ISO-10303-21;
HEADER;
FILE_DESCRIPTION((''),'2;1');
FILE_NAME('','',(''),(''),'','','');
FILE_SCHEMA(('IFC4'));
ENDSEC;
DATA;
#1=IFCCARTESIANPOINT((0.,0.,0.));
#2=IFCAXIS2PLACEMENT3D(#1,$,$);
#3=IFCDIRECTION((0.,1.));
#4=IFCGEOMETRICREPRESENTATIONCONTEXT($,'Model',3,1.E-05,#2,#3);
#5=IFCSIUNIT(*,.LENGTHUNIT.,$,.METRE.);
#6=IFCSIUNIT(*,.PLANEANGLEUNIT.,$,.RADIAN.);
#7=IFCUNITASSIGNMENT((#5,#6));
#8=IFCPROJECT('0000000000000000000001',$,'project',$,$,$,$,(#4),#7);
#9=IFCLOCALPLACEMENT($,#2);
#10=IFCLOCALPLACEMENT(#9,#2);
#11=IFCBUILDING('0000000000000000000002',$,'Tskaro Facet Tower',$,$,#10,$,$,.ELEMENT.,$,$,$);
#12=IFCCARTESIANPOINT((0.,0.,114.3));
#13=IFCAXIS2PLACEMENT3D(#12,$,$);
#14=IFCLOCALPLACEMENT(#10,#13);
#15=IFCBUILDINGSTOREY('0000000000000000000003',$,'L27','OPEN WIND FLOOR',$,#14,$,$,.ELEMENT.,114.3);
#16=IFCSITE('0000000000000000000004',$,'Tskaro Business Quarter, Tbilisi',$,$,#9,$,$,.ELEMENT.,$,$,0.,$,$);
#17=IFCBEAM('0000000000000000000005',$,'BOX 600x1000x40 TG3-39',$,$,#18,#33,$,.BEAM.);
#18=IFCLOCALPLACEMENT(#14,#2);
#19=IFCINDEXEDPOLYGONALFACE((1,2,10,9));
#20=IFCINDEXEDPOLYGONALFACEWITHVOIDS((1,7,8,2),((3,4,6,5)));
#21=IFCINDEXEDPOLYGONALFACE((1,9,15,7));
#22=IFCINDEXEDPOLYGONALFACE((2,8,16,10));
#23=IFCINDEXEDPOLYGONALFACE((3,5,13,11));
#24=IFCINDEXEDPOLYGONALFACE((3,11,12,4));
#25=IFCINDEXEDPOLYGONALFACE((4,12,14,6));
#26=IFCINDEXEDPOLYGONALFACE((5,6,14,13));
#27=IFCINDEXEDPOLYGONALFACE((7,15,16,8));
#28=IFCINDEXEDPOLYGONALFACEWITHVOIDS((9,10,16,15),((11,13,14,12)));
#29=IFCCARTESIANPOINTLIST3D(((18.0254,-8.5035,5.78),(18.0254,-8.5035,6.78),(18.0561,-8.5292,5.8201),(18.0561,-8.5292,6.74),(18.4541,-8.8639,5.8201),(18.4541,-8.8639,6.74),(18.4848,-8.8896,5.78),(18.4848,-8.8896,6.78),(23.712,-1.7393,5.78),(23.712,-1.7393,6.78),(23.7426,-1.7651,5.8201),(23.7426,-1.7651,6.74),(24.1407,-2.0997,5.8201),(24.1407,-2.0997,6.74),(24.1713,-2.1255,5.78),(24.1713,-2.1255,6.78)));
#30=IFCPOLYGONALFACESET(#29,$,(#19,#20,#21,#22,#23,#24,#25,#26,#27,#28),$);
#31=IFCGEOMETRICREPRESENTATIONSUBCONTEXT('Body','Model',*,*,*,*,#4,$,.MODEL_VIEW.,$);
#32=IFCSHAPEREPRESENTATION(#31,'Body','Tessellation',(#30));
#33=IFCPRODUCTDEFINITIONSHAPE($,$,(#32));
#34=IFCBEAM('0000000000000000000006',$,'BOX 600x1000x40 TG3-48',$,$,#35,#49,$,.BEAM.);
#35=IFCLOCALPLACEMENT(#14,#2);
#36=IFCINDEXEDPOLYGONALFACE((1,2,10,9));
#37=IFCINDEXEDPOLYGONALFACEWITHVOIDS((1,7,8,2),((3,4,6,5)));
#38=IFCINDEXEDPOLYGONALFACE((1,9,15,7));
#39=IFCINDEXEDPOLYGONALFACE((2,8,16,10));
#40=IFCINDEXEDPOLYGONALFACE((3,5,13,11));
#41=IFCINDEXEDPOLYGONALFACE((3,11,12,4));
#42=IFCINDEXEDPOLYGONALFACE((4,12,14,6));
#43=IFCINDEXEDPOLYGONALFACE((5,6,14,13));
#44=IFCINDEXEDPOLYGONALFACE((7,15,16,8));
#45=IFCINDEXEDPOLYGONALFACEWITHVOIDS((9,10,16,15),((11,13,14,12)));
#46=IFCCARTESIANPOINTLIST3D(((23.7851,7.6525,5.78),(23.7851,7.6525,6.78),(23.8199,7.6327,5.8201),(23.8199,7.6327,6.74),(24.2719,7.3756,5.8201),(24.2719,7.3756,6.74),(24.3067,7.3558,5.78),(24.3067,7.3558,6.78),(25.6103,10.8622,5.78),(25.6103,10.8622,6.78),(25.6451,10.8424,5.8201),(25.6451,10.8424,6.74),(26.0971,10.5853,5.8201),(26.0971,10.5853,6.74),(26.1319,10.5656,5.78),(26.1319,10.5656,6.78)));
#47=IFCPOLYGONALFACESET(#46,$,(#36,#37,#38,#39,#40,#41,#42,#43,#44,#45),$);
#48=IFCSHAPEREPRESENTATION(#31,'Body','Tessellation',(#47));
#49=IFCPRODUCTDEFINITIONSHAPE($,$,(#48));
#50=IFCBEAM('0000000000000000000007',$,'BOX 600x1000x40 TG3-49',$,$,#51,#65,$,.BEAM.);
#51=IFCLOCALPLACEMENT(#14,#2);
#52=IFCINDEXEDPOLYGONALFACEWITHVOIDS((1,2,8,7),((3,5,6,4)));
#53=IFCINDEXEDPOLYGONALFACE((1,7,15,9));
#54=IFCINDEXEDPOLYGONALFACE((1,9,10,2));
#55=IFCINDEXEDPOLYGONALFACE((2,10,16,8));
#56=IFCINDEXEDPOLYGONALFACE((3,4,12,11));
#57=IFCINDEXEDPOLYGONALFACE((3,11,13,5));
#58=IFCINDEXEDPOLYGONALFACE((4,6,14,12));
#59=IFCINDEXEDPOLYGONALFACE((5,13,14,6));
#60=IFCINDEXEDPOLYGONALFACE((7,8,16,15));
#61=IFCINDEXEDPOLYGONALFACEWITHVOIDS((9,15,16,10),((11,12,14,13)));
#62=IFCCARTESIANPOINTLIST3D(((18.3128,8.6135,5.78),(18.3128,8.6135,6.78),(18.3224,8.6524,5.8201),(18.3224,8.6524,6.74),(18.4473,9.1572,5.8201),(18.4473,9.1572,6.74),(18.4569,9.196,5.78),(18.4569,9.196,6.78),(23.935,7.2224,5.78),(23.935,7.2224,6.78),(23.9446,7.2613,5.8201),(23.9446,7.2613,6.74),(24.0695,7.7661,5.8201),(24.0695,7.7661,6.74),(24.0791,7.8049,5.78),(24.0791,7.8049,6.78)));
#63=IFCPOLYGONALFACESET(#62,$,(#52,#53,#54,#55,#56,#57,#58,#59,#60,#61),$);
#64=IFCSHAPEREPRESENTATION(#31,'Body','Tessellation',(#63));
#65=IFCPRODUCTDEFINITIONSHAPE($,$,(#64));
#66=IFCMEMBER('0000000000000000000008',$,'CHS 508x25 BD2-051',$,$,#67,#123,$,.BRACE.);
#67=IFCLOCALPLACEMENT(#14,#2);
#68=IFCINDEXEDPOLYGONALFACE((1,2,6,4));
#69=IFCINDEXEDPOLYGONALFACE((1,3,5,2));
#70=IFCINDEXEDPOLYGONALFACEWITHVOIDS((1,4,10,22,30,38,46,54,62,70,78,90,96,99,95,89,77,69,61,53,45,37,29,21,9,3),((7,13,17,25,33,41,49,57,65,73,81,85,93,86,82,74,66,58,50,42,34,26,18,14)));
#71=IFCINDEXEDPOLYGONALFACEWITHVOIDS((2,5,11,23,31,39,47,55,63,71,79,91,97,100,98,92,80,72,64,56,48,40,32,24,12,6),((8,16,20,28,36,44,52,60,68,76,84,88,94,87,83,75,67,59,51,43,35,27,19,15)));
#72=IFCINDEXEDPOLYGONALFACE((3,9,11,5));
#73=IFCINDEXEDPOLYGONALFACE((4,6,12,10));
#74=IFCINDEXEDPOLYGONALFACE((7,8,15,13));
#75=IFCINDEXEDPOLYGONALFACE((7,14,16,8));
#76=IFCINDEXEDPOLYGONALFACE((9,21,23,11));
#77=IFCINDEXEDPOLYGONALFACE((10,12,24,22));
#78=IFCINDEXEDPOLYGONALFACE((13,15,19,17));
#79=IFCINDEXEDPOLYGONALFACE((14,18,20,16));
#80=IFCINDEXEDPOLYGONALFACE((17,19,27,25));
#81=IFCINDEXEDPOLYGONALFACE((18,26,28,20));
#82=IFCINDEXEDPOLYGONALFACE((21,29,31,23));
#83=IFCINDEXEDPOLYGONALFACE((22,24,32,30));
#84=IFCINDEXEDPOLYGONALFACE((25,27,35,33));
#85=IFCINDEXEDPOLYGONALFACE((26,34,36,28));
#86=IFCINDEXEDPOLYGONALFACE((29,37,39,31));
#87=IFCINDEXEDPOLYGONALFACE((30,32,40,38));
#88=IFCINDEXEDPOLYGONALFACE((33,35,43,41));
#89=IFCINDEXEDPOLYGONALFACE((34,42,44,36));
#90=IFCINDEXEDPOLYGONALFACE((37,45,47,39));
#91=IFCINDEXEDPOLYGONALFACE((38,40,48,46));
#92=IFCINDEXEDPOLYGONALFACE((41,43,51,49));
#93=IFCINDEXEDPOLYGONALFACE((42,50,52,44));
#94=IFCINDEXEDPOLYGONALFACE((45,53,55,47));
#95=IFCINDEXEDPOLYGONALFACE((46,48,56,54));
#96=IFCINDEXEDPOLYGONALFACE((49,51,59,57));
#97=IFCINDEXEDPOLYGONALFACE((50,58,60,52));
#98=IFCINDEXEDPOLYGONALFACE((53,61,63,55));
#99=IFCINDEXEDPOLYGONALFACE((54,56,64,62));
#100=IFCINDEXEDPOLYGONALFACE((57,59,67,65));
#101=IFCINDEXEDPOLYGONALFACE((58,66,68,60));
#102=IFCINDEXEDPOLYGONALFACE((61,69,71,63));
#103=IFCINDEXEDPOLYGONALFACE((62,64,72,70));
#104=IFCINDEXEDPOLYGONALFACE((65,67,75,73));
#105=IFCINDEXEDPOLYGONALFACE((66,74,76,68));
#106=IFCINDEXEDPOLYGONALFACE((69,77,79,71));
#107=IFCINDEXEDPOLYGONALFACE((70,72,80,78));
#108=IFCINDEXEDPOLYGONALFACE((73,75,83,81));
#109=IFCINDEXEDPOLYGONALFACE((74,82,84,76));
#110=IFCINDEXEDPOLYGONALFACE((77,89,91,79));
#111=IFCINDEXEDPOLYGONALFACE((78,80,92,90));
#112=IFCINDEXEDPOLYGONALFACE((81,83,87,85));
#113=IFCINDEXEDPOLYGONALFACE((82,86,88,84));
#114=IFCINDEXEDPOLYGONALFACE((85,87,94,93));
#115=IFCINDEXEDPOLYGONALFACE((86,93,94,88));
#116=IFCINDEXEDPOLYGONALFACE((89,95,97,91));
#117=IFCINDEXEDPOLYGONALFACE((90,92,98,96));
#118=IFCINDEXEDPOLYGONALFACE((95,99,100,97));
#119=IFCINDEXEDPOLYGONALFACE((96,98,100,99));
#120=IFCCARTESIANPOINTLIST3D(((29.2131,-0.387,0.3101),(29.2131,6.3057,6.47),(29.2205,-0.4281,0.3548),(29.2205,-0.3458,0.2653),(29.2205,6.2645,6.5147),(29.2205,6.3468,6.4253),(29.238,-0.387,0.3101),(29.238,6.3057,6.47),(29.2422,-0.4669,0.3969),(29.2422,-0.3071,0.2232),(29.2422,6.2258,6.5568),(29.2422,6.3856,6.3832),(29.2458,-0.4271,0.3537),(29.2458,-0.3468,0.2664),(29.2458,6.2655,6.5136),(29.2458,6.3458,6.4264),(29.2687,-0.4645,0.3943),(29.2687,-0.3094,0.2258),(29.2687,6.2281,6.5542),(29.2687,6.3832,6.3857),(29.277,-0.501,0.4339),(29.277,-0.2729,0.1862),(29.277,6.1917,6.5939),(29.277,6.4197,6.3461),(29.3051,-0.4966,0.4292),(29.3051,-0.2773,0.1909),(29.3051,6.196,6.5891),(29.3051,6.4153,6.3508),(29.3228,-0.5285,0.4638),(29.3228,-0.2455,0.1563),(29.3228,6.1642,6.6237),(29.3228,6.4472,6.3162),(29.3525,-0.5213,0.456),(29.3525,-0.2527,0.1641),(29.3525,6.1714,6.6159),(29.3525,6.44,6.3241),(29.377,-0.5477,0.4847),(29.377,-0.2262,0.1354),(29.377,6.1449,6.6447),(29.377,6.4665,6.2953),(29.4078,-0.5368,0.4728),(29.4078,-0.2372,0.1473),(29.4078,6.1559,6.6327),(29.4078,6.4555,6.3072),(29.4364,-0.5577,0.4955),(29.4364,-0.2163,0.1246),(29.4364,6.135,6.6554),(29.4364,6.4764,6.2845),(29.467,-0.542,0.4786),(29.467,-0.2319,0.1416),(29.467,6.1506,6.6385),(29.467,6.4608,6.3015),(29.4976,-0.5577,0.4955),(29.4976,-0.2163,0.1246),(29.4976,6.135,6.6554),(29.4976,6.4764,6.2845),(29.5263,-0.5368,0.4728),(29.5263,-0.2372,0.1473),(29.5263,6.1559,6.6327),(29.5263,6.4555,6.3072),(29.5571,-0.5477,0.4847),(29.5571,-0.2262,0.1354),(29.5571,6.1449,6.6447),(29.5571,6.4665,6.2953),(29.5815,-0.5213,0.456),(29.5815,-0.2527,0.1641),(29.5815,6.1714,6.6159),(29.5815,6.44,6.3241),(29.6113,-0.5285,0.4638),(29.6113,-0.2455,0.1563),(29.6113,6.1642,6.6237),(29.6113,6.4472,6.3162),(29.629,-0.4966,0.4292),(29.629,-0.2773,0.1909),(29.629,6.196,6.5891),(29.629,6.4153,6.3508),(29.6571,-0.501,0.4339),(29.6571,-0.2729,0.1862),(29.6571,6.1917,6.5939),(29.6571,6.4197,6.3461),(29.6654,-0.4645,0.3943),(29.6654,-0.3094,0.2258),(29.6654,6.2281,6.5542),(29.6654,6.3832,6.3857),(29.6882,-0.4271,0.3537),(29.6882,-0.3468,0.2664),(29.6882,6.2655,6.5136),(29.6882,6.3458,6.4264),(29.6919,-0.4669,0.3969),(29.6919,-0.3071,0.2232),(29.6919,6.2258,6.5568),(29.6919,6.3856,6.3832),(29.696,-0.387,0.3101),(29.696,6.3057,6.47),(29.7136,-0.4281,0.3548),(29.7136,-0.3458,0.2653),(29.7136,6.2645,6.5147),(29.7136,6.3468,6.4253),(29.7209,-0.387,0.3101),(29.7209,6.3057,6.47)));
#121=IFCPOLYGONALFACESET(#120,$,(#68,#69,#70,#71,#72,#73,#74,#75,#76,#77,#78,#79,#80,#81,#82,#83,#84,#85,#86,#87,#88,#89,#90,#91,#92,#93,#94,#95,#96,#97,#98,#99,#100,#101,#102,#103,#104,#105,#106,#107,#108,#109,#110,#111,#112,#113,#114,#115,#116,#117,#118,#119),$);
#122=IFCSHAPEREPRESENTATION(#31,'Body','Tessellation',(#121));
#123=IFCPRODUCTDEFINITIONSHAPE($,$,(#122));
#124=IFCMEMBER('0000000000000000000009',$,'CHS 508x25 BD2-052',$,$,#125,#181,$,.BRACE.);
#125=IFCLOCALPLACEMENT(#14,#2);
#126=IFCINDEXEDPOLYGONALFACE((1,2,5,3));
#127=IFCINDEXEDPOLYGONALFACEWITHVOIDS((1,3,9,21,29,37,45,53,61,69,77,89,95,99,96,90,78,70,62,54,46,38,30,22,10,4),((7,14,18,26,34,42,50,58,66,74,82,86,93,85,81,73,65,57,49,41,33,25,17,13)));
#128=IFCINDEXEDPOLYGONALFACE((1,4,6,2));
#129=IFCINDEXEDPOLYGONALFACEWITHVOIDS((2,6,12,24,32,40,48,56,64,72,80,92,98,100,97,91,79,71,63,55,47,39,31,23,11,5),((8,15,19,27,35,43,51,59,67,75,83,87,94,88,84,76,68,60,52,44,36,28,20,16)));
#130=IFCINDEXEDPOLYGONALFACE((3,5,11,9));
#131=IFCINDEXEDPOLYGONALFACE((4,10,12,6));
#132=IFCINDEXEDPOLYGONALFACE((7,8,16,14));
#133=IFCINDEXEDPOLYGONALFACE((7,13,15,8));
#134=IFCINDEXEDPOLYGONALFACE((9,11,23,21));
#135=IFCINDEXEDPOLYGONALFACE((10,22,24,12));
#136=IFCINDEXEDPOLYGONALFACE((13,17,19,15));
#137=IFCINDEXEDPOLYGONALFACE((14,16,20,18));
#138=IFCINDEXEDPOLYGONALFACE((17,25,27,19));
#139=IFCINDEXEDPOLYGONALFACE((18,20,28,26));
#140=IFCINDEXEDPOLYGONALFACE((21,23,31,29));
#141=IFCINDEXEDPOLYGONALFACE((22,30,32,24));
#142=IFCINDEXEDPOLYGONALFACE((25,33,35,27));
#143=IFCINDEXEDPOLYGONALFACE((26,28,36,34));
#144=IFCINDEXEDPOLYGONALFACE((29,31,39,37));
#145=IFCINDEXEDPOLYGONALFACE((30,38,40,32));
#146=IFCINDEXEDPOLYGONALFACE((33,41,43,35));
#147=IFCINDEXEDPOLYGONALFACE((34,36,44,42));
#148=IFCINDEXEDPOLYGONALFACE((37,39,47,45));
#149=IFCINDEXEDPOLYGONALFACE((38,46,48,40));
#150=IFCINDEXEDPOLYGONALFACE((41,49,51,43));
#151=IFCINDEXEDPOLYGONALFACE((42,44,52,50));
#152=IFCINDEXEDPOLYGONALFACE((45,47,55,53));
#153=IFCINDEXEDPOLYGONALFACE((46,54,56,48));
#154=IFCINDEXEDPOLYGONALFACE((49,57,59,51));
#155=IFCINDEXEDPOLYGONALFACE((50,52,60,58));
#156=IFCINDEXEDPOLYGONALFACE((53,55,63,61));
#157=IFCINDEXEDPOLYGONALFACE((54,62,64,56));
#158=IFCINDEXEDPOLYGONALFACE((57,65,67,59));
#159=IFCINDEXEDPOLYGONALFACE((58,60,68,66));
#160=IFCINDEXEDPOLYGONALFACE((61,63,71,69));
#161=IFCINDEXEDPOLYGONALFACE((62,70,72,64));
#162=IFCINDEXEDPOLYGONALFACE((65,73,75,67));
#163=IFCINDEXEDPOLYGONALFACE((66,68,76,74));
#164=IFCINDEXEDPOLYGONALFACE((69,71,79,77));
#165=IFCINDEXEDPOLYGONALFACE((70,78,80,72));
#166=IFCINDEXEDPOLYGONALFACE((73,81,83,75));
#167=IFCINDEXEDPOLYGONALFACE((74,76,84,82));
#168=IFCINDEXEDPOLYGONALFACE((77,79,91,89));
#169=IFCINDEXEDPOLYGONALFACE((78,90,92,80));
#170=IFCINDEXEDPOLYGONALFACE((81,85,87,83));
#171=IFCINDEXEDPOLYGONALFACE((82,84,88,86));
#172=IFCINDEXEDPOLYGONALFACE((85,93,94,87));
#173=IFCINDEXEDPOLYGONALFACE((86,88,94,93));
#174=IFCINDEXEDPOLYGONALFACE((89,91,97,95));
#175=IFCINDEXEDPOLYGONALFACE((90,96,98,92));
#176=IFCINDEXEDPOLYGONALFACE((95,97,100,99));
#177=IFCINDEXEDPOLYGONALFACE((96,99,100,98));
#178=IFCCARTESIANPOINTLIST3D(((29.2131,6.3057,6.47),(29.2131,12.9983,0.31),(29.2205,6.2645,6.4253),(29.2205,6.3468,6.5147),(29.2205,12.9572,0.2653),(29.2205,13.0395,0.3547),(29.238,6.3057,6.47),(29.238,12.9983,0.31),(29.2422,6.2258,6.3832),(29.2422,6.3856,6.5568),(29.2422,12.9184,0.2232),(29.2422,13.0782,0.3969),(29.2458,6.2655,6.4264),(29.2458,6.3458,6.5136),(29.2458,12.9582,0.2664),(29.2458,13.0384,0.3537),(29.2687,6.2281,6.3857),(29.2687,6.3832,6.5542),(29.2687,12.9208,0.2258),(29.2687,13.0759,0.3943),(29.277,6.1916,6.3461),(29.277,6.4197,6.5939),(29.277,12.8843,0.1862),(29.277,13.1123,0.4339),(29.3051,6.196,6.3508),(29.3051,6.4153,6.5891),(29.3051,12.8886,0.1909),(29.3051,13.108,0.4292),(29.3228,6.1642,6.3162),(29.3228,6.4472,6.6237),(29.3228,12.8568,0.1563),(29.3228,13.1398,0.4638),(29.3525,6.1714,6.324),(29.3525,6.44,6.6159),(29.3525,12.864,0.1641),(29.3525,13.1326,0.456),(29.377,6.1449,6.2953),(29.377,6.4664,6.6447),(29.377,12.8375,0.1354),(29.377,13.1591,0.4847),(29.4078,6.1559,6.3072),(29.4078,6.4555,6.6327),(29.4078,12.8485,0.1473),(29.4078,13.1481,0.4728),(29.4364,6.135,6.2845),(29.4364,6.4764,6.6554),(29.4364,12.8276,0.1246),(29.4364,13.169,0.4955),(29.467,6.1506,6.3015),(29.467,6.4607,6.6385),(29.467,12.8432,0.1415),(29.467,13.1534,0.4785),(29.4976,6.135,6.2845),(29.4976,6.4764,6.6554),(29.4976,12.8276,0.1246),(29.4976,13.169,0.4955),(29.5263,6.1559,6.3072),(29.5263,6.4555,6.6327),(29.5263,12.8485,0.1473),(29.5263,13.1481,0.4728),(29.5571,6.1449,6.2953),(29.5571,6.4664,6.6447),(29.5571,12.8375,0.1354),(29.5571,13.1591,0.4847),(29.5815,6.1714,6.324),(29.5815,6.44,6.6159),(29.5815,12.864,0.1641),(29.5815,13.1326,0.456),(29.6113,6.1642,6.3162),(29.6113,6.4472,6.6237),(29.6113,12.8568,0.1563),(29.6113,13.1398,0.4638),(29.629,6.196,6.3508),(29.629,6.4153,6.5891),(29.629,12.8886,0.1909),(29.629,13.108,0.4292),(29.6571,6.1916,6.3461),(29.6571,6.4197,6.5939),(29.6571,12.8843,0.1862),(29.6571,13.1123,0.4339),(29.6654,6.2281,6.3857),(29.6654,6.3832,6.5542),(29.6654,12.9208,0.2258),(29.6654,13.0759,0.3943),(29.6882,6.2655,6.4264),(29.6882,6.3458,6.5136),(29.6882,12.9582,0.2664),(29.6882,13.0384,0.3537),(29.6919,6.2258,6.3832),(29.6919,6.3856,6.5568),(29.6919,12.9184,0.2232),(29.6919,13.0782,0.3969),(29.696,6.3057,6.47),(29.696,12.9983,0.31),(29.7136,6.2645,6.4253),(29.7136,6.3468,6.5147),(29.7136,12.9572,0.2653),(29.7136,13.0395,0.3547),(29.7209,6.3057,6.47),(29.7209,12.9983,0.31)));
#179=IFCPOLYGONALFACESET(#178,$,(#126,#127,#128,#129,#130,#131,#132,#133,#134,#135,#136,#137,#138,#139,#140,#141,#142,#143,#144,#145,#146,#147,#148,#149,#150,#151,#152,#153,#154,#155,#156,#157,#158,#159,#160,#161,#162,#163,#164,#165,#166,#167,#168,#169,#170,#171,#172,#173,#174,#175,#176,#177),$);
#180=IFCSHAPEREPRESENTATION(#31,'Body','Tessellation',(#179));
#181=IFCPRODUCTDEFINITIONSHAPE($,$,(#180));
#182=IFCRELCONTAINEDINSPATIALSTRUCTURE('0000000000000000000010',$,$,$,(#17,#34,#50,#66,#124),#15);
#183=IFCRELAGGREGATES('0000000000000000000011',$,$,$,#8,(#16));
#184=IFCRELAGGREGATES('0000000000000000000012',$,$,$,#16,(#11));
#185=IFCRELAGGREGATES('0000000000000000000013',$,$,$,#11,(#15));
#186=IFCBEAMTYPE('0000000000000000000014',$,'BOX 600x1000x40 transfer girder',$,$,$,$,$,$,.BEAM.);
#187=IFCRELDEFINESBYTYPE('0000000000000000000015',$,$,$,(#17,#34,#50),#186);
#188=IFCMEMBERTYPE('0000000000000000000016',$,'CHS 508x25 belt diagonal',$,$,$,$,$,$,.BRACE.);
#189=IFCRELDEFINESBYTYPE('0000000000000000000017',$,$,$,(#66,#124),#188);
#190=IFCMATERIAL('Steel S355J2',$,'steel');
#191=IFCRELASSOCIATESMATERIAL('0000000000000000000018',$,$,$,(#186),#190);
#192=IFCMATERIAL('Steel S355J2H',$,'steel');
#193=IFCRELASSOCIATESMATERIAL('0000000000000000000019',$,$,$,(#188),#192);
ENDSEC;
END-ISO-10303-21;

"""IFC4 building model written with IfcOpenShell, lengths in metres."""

from ifc_helpers import new_model, si_unit, direction, frame, origin, origin_2d, place, context, subcontext, project, spatial, hollow_rectangle, hollow_circle, extrude, material, material_profile, profile_set, type_object, element, save


model = new_model("IFC4")

# Units and contexts
model_context = context("Model", 3, precision=1e-05, world=origin(), true_north=direction((0.0, 1.0)))
body_context = subcontext(model_context, "Body", "Model", "MODEL_VIEW")
ifc_project = project(units=[si_unit("LENGTHUNIT", "METRE"), si_unit("PLANEANGLEUNIT", "RADIAN")], contexts=[model_context])

# Site, building, storey
site_placement = place(None, origin())
site = spatial("IfcSite", under=ifc_project, at=site_placement, Name="Tskaro Business Quarter, Tbilisi", CompositionType="ELEMENT", RefElevation=0.0)
building_placement = place(site_placement, origin())
building = spatial("IfcBuilding", under=site, at=building_placement, Name="Tskaro Facet Tower", CompositionType="ELEMENT")
storey_placement = place(building_placement, frame((0.0, 0.0, 114.3)))
storey = spatial("IfcBuildingStorey", under=building, at=storey_placement, Name="L27", Description="OPEN WIND FLOOR", CompositionType="ELEMENT", Elevation=114.3)

# Shared definitions
ifc_material_1 = material(Name="Steel S355J2H", Category="steel")

# Beams
ifc_material_2 = material(Name="Steel S355J2", Category="steel")
ifc_material_profile_1 = material_profile(ifc_material_2, hollow_rectangle(XDim=0.6001, YDim=1.0, WallThickness=0.04, at=origin_2d()), Name="BOX 600x1000x40")
ifc_profile_set_1 = profile_set([ifc_material_profile_1], Name="Steel S355J2")
beam_type_1 = type_object("IfcBeamType", Name="BOX 600x1000x40 transfer girder", PredefinedType="BEAM", material=ifc_profile_set_1)
beam_1_placement = place(storey_placement, frame((23.9417, -1.9324, 6.28), z_axis=(-0.643499, -0.765447, 0.0), x_axis=(0.765447, -0.643499, 0.0)))
element("IfcBeam", 1, at=beam_1_placement, inside=storey, type_object=beam_type_1, Name="BOX 600x1000x40 TG3-39", PredefinedType="BEAM", context=body_context, shape_type="SweptSolid", body=[
    extrude(hollow_rectangle(XDim=0.6001, YDim=1.0, WallThickness=0.04, at=origin_2d()), origin(), (0.0, 0.0, 1.0), 8.8369),
])
beam_2_placement = place(storey_placement, frame((24.0459, 7.5042, 6.28), z_axis=(0.494315, 0.869283, 0.0), x_axis=(-0.869283, 0.494315, 0.0)))
element("IfcBeam", 2, at=beam_2_placement, inside=storey, type_object=beam_type_1, Name="BOX 600x1000x40 TG3-48", PredefinedType="BEAM", context=body_context, shape_type="SweptSolid", body=[
    extrude(hollow_rectangle(XDim=0.6001, YDim=1.0, WallThickness=0.04, at=origin_2d()), origin(), (0.0, 0.0, 1.0), 3.6924),
])
beam_3_placement = place(storey_placement, frame((24.0071, 7.5137, 6.28), z_axis=(-0.970727, 0.240184, 0.0), x_axis=(-0.240184, -0.970727, 0.0)))
element("IfcBeam", 3, at=beam_3_placement, inside=storey, type_object=beam_type_1, Name="BOX 600x1000x40 TG3-49", PredefinedType="BEAM", context=body_context, shape_type="SweptSolid", body=[
    extrude(hollow_rectangle(XDim=0.6001, YDim=1.0, WallThickness=0.04, at=origin_2d()), origin(), (0.0, 0.0, 1.0), 5.7917),
])

# Members
ifc_material_profile_2 = material_profile(ifc_material_1, hollow_circle(Radius=0.2539, WallThickness=0.0249, at=origin_2d()), Name="CHS 508x25")
ifc_profile_set_2 = profile_set([ifc_material_profile_2], Name="Steel S355J2H")
member_type_1 = type_object("IfcMemberType", Name="CHS 508x25 belt diagonal", PredefinedType="BRACE", material=ifc_profile_set_2)
for number, where, z_axis, x_axis, name in (
    (4, (29.467, -0.387, 0.3101), (0.0, 0.735783, 0.677217), (-1.0, 0.0, 0.0), "CHS 508x25 BD2-051"),
    (5, (29.467, 6.3057, 6.47), (0.0, 0.735783, -0.677217), (-1.0, 0.0, 0.0), "CHS 508x25 BD2-052"),
):
    element("IfcMember", number, at=place(storey_placement, frame(where, z_axis=z_axis, x_axis=x_axis)), inside=storey, type_object=member_type_1, Name=name, PredefinedType="BRACE", context=body_context, shape_type="SweptSolid", body=[
        extrude(hollow_circle(Radius=0.2539, WallThickness=0.0249, at=origin_2d()), origin(), (0.0, 0.0, 1.0), 9.0959),
    ])

save(model, "model.ifc")
